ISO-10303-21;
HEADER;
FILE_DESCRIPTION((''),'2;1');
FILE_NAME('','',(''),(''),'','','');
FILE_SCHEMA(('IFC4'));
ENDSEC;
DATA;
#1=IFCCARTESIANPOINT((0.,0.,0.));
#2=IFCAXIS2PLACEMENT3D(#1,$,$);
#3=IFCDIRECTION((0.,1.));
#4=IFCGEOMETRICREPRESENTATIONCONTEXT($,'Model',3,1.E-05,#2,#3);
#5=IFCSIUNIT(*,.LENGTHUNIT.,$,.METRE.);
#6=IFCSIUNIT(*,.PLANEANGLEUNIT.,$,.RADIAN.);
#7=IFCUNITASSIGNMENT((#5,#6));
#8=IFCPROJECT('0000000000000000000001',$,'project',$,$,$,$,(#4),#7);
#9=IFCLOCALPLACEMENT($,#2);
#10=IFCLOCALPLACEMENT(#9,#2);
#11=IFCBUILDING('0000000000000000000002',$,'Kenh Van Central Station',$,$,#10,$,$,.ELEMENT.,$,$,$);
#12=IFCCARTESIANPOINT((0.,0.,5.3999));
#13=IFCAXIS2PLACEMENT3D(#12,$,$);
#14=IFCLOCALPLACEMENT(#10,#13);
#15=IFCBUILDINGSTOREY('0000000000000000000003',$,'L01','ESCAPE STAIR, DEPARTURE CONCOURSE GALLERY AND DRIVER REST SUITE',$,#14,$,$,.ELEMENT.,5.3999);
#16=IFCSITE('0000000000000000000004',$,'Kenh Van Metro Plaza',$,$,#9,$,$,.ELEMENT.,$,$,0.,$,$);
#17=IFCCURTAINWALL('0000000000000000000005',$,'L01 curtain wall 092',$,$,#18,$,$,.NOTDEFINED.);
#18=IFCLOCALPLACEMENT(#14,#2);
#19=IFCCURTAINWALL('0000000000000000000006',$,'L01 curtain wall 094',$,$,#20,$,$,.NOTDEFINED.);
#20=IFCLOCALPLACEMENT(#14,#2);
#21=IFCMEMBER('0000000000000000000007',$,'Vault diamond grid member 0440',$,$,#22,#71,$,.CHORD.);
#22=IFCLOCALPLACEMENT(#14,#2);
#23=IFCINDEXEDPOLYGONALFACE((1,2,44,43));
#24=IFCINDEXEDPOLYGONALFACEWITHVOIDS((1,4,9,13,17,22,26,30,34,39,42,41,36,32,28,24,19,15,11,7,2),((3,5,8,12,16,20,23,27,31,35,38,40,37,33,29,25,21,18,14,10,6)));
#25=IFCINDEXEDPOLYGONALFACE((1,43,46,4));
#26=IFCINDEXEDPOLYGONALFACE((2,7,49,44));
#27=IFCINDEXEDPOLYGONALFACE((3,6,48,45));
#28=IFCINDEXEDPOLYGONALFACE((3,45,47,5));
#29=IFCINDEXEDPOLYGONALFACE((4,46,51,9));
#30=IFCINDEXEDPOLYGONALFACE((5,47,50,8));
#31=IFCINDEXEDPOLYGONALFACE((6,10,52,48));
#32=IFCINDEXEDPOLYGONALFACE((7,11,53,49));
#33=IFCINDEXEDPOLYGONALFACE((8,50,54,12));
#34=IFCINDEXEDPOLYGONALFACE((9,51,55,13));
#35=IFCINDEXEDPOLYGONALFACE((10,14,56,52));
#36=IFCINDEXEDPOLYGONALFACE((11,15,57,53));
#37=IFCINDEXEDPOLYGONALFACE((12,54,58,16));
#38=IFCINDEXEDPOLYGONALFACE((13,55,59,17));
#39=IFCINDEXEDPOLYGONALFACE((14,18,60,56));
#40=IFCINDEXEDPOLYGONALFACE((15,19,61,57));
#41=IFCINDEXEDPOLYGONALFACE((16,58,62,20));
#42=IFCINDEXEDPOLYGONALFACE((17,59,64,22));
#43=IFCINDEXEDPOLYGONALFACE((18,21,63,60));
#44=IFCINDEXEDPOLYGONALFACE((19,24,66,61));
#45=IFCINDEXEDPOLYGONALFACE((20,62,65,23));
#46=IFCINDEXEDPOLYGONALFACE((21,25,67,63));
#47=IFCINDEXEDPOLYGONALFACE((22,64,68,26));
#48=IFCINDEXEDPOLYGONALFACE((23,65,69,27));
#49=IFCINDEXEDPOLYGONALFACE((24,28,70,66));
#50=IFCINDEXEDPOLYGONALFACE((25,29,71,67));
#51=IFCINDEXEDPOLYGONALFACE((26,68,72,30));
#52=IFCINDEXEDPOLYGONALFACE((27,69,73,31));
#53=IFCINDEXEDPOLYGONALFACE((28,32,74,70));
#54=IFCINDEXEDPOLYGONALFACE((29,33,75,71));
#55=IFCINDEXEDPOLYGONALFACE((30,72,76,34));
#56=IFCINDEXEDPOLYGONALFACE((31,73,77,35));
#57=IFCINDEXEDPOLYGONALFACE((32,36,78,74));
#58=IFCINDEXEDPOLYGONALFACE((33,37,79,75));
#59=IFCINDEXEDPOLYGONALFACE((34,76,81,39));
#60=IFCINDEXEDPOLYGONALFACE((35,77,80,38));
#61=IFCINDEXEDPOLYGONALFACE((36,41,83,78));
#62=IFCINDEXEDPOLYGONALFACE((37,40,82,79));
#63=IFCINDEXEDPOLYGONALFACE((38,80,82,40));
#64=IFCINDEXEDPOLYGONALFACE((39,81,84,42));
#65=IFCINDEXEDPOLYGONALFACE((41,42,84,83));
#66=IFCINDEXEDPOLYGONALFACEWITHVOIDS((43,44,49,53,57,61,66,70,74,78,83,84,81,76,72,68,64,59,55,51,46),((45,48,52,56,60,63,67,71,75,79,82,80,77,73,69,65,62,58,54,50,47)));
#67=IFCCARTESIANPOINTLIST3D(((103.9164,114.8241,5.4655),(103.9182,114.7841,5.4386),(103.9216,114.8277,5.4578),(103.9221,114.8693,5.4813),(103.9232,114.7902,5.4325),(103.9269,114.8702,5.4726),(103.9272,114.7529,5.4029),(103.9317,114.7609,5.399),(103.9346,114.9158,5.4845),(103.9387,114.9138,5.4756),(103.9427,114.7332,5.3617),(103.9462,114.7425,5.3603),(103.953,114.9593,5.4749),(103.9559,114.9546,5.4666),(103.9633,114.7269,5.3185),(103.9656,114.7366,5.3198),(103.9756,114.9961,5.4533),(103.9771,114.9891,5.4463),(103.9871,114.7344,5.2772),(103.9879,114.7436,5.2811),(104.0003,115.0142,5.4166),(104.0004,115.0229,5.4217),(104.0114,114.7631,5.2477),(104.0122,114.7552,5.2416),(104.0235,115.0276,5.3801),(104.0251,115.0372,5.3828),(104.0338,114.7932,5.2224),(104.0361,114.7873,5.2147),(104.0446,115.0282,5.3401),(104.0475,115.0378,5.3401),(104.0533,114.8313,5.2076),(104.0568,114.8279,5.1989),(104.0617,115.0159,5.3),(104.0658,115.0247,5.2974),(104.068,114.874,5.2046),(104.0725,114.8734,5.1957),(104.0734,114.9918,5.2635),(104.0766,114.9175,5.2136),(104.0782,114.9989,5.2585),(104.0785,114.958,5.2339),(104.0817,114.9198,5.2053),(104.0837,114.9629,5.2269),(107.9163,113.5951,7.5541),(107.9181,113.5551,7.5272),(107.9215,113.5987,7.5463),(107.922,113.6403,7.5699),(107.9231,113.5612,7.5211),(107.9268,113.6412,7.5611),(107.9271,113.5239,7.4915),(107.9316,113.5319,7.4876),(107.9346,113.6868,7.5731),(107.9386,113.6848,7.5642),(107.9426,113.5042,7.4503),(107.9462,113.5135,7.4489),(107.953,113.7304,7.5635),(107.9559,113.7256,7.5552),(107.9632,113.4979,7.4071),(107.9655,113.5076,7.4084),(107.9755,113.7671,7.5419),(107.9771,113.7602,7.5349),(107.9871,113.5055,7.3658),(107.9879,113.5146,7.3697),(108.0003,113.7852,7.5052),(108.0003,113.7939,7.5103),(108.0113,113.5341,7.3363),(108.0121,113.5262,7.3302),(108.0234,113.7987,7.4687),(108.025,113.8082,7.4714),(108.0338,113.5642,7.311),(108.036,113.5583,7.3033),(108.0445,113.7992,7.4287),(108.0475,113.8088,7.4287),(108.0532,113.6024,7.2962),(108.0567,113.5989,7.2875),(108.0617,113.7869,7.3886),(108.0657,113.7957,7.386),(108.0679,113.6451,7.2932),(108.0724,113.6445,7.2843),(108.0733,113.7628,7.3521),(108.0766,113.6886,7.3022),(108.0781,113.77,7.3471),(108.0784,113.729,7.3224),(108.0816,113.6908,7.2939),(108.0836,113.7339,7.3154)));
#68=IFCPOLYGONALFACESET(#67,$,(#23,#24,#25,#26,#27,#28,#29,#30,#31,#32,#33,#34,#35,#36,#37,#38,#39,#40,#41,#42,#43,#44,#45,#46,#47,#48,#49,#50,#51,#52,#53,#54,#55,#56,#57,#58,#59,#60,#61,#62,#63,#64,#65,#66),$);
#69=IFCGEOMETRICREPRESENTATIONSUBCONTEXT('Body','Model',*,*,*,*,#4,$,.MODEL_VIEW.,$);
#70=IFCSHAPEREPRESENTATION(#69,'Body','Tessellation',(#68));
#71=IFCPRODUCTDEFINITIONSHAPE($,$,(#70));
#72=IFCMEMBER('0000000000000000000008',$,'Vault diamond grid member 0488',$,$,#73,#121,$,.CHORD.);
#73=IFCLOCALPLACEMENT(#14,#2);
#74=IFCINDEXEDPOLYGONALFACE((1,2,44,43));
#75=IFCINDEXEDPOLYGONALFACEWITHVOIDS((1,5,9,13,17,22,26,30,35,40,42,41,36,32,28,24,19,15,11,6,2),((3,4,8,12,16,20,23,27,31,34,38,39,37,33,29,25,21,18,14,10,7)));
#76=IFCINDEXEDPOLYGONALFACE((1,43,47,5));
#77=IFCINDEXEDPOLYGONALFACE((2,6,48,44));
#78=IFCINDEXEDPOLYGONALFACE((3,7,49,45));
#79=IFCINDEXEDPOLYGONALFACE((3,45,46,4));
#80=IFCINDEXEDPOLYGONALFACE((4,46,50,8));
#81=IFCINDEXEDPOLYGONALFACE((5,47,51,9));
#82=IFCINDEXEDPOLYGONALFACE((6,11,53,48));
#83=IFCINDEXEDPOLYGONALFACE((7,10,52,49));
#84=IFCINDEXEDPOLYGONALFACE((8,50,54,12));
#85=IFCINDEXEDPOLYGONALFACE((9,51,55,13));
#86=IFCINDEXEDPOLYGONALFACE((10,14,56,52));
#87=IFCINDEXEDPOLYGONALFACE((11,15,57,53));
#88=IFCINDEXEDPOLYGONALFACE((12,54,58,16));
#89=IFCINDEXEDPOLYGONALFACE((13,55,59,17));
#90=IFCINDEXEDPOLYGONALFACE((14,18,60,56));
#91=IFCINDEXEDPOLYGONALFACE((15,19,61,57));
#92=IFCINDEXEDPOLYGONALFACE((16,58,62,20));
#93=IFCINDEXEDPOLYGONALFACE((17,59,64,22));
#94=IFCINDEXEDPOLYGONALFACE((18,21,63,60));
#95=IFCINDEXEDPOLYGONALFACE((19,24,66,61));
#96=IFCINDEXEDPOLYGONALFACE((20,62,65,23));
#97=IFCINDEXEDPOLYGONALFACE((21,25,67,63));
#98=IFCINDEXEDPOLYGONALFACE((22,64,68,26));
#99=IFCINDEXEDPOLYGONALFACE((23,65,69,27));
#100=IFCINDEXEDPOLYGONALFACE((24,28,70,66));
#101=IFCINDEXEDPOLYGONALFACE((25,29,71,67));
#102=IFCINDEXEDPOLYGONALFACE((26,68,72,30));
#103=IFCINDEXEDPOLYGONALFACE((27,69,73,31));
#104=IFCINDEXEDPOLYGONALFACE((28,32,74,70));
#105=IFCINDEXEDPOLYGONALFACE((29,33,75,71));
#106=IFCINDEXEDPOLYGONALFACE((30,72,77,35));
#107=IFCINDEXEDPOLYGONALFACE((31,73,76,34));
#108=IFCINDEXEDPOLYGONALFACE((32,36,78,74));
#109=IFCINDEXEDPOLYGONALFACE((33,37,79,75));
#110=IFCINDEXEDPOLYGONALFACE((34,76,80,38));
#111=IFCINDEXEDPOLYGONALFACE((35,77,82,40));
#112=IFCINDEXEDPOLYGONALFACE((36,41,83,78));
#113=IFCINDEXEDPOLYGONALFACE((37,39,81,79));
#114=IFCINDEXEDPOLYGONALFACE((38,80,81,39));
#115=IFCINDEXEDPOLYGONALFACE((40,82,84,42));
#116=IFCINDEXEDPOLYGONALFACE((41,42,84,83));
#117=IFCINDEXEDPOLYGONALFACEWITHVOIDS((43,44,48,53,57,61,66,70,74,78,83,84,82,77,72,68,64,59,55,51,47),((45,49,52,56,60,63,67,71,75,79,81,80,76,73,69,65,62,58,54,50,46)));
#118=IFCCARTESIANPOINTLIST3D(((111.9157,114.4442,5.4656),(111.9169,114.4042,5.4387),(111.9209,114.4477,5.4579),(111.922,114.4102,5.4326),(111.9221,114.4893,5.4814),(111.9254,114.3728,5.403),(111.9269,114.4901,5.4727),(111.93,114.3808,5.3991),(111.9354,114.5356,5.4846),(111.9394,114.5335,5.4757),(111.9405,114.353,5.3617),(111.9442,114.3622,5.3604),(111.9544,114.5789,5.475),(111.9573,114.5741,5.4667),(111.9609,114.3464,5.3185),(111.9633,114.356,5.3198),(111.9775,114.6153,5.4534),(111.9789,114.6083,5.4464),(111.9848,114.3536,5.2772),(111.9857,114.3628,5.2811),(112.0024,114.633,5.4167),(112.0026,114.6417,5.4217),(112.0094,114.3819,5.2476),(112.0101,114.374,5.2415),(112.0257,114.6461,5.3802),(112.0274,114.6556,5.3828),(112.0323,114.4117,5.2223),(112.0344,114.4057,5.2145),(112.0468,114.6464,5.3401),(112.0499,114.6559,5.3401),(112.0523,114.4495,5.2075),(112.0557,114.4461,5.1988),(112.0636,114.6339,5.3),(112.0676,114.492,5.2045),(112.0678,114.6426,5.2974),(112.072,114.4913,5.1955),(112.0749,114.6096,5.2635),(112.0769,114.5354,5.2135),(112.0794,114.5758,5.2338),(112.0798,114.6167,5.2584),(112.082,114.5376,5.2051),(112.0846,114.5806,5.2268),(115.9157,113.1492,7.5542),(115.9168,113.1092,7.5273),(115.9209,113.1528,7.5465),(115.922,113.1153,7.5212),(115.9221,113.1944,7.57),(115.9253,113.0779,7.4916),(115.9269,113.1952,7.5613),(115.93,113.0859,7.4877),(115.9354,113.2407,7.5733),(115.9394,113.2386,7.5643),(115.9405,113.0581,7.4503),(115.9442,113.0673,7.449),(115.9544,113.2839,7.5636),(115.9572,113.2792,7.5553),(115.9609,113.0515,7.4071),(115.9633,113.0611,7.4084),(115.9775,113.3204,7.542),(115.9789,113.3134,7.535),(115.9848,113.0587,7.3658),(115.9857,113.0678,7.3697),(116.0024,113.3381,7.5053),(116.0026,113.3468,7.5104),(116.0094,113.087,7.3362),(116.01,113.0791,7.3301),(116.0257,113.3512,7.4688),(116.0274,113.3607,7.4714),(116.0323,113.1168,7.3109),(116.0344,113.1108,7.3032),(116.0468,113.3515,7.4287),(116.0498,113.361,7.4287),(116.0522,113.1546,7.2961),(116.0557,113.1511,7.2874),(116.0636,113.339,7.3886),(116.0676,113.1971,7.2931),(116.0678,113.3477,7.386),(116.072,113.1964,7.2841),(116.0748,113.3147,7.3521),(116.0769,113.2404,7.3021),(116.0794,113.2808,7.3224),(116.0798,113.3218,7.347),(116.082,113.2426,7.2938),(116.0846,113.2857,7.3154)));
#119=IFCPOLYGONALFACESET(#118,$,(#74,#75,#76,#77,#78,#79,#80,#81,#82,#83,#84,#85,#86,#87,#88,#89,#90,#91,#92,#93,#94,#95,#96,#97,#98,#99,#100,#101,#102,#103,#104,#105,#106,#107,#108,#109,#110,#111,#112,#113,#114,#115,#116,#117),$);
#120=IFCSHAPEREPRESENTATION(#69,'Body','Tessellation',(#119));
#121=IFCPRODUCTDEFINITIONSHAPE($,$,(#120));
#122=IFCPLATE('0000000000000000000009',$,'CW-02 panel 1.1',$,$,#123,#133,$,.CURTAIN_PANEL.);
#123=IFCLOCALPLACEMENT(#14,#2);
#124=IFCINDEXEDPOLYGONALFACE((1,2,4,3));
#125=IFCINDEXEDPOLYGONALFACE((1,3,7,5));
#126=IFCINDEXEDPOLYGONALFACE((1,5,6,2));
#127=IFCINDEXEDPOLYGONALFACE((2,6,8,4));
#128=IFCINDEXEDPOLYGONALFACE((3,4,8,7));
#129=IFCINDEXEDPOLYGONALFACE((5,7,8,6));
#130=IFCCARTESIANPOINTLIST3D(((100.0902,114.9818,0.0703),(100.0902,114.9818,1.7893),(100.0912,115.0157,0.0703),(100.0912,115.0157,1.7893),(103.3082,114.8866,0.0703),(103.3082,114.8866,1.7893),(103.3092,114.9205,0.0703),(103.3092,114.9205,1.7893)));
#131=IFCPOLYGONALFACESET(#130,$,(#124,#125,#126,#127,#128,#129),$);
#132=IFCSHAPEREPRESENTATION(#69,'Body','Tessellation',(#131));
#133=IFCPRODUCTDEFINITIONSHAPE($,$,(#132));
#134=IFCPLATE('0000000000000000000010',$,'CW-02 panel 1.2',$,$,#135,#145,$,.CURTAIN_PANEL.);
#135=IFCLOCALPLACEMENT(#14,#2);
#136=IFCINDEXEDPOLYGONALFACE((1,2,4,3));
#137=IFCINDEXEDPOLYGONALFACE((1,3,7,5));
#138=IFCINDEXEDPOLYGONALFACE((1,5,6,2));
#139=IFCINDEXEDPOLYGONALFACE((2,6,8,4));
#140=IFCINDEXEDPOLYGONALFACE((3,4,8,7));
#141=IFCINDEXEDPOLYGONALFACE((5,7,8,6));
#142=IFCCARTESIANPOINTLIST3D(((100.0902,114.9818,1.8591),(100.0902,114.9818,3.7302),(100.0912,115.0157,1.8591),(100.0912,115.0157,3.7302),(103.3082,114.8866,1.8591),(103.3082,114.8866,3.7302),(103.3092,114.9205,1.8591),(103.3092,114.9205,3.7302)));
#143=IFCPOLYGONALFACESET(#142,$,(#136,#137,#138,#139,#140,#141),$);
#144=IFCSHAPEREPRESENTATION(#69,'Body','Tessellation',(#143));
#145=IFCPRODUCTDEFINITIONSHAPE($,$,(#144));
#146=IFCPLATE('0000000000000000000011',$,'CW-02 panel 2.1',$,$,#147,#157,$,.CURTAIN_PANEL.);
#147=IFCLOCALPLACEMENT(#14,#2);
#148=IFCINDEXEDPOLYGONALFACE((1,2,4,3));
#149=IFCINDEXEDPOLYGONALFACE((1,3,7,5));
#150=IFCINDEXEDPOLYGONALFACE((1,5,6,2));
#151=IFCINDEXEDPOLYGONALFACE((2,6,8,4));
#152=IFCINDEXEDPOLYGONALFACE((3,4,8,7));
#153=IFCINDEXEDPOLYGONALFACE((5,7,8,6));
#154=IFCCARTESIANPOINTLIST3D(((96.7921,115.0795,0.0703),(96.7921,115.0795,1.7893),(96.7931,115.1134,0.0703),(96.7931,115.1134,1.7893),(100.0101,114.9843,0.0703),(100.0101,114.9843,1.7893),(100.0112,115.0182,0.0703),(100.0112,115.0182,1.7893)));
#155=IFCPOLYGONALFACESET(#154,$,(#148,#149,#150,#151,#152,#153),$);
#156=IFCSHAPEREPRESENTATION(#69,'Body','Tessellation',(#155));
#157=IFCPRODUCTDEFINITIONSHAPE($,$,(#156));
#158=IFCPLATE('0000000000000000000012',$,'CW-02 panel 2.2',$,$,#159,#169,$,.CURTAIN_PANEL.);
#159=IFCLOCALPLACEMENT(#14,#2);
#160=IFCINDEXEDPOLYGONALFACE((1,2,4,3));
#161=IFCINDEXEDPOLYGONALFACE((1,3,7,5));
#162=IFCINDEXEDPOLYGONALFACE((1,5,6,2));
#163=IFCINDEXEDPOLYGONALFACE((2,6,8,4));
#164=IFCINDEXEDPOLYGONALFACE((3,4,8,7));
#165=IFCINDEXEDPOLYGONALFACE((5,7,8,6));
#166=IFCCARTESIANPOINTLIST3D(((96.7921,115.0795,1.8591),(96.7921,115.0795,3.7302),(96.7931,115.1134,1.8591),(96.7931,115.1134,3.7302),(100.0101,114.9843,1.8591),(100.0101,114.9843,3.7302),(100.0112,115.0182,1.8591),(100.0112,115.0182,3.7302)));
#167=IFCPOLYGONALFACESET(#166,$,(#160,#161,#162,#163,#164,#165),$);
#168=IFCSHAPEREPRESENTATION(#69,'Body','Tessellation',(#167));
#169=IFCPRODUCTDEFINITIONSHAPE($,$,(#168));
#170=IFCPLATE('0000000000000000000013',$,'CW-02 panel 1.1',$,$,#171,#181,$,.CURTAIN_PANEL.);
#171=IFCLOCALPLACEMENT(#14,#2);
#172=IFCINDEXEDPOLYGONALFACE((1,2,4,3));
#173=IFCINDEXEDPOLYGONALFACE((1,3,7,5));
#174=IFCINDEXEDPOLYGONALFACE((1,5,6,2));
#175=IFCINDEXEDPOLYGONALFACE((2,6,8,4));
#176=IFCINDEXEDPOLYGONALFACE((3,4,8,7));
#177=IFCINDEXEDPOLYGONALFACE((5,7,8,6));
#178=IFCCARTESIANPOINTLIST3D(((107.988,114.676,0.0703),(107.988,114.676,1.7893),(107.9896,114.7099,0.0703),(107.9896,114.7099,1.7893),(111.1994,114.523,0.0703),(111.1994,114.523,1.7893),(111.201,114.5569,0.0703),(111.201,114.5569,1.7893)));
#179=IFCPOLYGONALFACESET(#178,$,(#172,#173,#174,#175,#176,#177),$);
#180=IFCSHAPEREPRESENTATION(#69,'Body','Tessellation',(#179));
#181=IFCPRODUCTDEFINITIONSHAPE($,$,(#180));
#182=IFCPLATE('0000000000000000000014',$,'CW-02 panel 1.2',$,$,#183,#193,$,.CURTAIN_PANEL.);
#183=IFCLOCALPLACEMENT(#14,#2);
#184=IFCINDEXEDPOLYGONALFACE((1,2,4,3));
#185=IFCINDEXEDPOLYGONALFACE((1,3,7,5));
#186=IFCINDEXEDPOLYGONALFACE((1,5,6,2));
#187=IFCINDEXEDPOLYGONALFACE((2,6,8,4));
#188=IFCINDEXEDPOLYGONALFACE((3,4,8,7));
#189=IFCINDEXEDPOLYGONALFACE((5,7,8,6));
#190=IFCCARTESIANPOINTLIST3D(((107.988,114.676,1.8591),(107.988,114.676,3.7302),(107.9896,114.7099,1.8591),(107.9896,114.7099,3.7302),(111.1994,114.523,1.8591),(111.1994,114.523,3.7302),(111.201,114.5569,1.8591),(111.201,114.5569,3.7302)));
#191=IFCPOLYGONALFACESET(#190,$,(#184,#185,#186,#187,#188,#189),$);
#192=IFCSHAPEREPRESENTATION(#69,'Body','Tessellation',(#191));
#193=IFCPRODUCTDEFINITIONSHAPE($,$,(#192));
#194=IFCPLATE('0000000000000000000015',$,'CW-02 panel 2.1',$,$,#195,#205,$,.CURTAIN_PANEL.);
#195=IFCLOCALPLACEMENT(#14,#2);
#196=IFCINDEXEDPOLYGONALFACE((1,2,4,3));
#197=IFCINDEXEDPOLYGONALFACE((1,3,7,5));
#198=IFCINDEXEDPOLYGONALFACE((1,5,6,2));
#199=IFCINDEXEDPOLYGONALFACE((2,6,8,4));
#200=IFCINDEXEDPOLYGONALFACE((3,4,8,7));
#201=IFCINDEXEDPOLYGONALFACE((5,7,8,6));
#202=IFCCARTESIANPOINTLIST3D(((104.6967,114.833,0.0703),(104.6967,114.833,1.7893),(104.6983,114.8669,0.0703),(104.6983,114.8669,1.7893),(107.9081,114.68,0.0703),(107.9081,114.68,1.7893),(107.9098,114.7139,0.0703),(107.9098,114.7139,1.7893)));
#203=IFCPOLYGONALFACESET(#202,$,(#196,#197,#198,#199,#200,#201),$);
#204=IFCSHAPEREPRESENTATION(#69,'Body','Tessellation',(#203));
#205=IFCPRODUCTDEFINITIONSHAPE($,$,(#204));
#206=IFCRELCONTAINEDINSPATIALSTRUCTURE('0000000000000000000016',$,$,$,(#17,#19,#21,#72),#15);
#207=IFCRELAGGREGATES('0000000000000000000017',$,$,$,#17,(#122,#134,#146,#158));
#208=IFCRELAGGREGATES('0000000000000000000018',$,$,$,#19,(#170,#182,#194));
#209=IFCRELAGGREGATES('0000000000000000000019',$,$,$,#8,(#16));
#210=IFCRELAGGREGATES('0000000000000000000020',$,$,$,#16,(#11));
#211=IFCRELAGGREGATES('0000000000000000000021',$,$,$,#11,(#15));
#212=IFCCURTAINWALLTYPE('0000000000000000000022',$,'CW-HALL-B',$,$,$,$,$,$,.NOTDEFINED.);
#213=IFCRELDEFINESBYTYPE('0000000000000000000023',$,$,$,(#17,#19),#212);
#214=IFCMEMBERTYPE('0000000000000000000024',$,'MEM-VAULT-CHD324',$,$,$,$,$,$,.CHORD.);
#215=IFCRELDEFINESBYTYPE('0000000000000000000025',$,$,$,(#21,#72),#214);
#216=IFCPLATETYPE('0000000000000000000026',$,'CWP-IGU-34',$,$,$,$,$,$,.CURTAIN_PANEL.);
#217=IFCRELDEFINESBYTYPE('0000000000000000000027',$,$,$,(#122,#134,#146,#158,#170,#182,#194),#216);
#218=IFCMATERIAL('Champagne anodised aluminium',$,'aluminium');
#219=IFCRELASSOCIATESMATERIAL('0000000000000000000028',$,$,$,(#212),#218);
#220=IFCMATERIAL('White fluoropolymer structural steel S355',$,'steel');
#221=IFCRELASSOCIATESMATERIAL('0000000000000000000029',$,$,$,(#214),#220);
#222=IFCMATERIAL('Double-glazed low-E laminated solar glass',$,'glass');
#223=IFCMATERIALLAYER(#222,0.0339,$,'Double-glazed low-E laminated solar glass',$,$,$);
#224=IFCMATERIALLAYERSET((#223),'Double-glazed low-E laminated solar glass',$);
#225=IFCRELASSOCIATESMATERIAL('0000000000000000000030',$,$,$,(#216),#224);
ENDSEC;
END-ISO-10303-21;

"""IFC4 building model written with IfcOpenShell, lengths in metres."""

from ifc_helpers import new_model, si_unit, direction, frame, origin, origin_2d, place, context, subcontext, project, spatial, rectangle, hollow_circle, extrude, material, layer, layer_set, material_profile, profile_set, type_object, element, aggregate, save


model = new_model("IFC4")

# Units and contexts
model_context = context("Model", 3, precision=1e-05, world=origin(), true_north=direction((0.0, 1.0)))
body_context = subcontext(model_context, "Body", "Model", "MODEL_VIEW")
ifc_project = project(units=[si_unit("LENGTHUNIT", "METRE"), si_unit("PLANEANGLEUNIT", "RADIAN")], contexts=[model_context])

# Site, building, storey
site_placement = place(None, origin())
site = spatial("IfcSite", under=ifc_project, at=site_placement, Name="Kenh Van Metro Plaza", CompositionType="ELEMENT", RefElevation=0.0)
building_placement = place(site_placement, origin())
building = spatial("IfcBuilding", under=site, at=building_placement, Name="Kenh Van Central Station", CompositionType="ELEMENT")
storey_placement = place(building_placement, frame((0.0, 0.0, 5.3999)))
storey = spatial("IfcBuildingStorey", under=building, at=storey_placement, Name="L01", Description="ESCAPE STAIR, DEPARTURE CONCOURSE GALLERY AND DRIVER REST SUITE", CompositionType="ELEMENT", Elevation=5.3999)

# Curtain walls
ifc_material_1 = material(Name="Champagne anodised aluminium", Category="aluminium")
curtain_wall_type = type_object("IfcCurtainWallType", Name="CW-HALL-B", PredefinedType="NOTDEFINED", material=ifc_material_1)
curtain_wall_1_placement = place(storey_placement, origin())
curtain_wall_1 = element("IfcCurtainWall", 1, at=curtain_wall_1_placement, inside=storey, type_object=curtain_wall_type, Name="L01 curtain wall 092", PredefinedType="NOTDEFINED")
curtain_wall_2_placement = place(storey_placement, origin())
curtain_wall_2 = element("IfcCurtainWall", 2, at=curtain_wall_2_placement, inside=storey, type_object=curtain_wall_type, Name="L01 curtain wall 094", PredefinedType="NOTDEFINED")

# Members
ifc_material_2 = material(Name="White fluoropolymer structural steel S355", Category="steel")
ifc_material_profile_1 = material_profile(ifc_material_2, hollow_circle(Radius=0.1619, WallThickness=0.01, at=origin_2d()), Name="CHS 323.9x10")
ifc_profile_set_1 = profile_set([ifc_material_profile_1], Name="White fluoropolymer structural steel S355")
member_type_1 = type_object("IfcMemberType", Name="MEM-VAULT-CHD324", PredefinedType="CHORD", material=ifc_profile_set_1)
member_1_placement = place(storey_placement, frame((104.0, 114.8831, 5.3401), z_axis=(0.855279, -0.262785, 0.446589), x_axis=(0.2937, 0.955898, 0.0)))
element("IfcMember", 3, at=member_1_placement, inside=storey, type_object=member_type_1, Name="Vault diamond grid member 0440", PredefinedType="CHORD", context=body_context, shape_type="SweptSolid", body=[
    extrude(hollow_circle(Radius=0.1619, WallThickness=0.01, at=origin_2d()), origin(), (0.0, 0.0, 1.0), 4.6768),
])
member_2_placement = place(storey_placement, frame((112.0, 114.502, 5.3401), z_axis=(0.852045, -0.275833, 0.4449), x_axis=(0.307993, 0.951388, 0.0)))
element("IfcMember", 4, at=member_2_placement, inside=storey, type_object=member_type_1, Name="Vault diamond grid member 0488", PredefinedType="CHORD", context=body_context, shape_type="SweptSolid", body=[
    extrude(hollow_circle(Radius=0.1619, WallThickness=0.01, at=origin_2d()), origin(), (0.0, 0.0, 1.0), 4.6946),
])

# Plates
ifc_material_3 = material(Name="Double-glazed low-E laminated solar glass", Category="glass")
ifc_layer = layer(ifc_material_3, 0.0339, Name="Double-glazed low-E laminated solar glass")
ifc_layer_set = layer_set([ifc_layer], Name="Double-glazed low-E laminated solar glass")
plate_type = type_object("IfcPlateType", Name="CWP-IGU-34", PredefinedType="CURTAIN_PANEL", material=ifc_layer_set)
plate_1_placement = place(storey_placement, frame((101.6997, 114.9512, 0.0703), z_axis=(0.0, 0.0, 1.0), x_axis=(-0.999563, 0.029571, 0.0)))
plate_1 = element("IfcPlate", 5, at=plate_1_placement, type_object=plate_type, Name="CW-02 panel 1.1", PredefinedType="CURTAIN_PANEL", context=body_context, shape_type="SweptSolid", body=[
    extrude(rectangle(XDim=3.2195, YDim=0.0339, at=origin_2d()), origin(), (0.0, 0.0, 1.0), 1.719),
])
plate_2_placement = place(storey_placement, frame((101.6997, 114.9512, 1.8591), z_axis=(0.0, 0.0, 1.0), x_axis=(-0.999563, 0.029571, 0.0)))
plate_2 = element("IfcPlate", 6, at=plate_2_placement, type_object=plate_type, Name="CW-02 panel 1.2", PredefinedType="CURTAIN_PANEL", context=body_context, shape_type="SweptSolid", body=[
    extrude(rectangle(XDim=3.2195, YDim=0.0339, at=origin_2d()), origin(), (0.0, 0.0, 1.0), 1.8711),
])
plate_3_placement = place(storey_placement, frame((98.4016, 115.0488, 0.0703), z_axis=(0.0, 0.0, 1.0), x_axis=(-0.999563, 0.029571, 0.0)))
plate_3 = element("IfcPlate", 7, at=plate_3_placement, type_object=plate_type, Name="CW-02 panel 2.1", PredefinedType="CURTAIN_PANEL", context=body_context, shape_type="SweptSolid", body=[
    extrude(rectangle(XDim=3.2195, YDim=0.0339, at=origin_2d()), origin(), (0.0, 0.0, 1.0), 1.719),
])
plate_4_placement = place(storey_placement, frame((98.4016, 115.0488, 1.8591), z_axis=(0.0, 0.0, 1.0), x_axis=(-0.999563, 0.029571, 0.0)))
plate_4 = element("IfcPlate", 8, at=plate_4_placement, type_object=plate_type, Name="CW-02 panel 2.2", PredefinedType="CURTAIN_PANEL", context=body_context, shape_type="SweptSolid", body=[
    extrude(rectangle(XDim=3.2195, YDim=0.0339, at=origin_2d()), origin(), (0.0, 0.0, 1.0), 1.8711),
])
aggregate(curtain_wall_1, [plate_1, plate_2, plate_3, plate_4])
plate_5_placement = place(storey_placement, frame((109.5945, 114.6165, 0.0703), z_axis=(0.0, 0.0, 1.0), x_axis=(-0.998866, 0.047601, 0.0)))
plate_5 = element("IfcPlate", 9, at=plate_5_placement, type_object=plate_type, Name="CW-02 panel 1.1", PredefinedType="CURTAIN_PANEL", context=body_context, shape_type="SweptSolid", body=[
    extrude(rectangle(XDim=3.2151, YDim=0.0339, at=origin_2d()), origin(), (0.0, 0.0, 1.0), 1.719),
])
plate_6_placement = place(storey_placement, frame((109.5945, 114.6165, 1.8591), z_axis=(0.0, 0.0, 1.0), x_axis=(-0.998866, 0.047601, 0.0)))
plate_6 = element("IfcPlate", 10, at=plate_6_placement, type_object=plate_type, Name="CW-02 panel 1.2", PredefinedType="CURTAIN_PANEL", context=body_context, shape_type="SweptSolid", body=[
    extrude(rectangle(XDim=3.2151, YDim=0.0339, at=origin_2d()), origin(), (0.0, 0.0, 1.0), 1.8711),
])
plate_7_placement = place(storey_placement, frame((106.3032, 114.7734, 0.0703), z_axis=(0.0, 0.0, 1.0), x_axis=(-0.998866, 0.047601, 0.0)))
plate_7 = element("IfcPlate", 11, at=plate_7_placement, type_object=plate_type, Name="CW-02 panel 2.1", PredefinedType="CURTAIN_PANEL", context=body_context, shape_type="SweptSolid", body=[
    extrude(rectangle(XDim=3.2151, YDim=0.0339, at=origin_2d()), origin(), (0.0, 0.0, 1.0), 1.719),
])
aggregate(curtain_wall_2, [plate_5, plate_6, plate_7])

save(model, "model.ifc")
